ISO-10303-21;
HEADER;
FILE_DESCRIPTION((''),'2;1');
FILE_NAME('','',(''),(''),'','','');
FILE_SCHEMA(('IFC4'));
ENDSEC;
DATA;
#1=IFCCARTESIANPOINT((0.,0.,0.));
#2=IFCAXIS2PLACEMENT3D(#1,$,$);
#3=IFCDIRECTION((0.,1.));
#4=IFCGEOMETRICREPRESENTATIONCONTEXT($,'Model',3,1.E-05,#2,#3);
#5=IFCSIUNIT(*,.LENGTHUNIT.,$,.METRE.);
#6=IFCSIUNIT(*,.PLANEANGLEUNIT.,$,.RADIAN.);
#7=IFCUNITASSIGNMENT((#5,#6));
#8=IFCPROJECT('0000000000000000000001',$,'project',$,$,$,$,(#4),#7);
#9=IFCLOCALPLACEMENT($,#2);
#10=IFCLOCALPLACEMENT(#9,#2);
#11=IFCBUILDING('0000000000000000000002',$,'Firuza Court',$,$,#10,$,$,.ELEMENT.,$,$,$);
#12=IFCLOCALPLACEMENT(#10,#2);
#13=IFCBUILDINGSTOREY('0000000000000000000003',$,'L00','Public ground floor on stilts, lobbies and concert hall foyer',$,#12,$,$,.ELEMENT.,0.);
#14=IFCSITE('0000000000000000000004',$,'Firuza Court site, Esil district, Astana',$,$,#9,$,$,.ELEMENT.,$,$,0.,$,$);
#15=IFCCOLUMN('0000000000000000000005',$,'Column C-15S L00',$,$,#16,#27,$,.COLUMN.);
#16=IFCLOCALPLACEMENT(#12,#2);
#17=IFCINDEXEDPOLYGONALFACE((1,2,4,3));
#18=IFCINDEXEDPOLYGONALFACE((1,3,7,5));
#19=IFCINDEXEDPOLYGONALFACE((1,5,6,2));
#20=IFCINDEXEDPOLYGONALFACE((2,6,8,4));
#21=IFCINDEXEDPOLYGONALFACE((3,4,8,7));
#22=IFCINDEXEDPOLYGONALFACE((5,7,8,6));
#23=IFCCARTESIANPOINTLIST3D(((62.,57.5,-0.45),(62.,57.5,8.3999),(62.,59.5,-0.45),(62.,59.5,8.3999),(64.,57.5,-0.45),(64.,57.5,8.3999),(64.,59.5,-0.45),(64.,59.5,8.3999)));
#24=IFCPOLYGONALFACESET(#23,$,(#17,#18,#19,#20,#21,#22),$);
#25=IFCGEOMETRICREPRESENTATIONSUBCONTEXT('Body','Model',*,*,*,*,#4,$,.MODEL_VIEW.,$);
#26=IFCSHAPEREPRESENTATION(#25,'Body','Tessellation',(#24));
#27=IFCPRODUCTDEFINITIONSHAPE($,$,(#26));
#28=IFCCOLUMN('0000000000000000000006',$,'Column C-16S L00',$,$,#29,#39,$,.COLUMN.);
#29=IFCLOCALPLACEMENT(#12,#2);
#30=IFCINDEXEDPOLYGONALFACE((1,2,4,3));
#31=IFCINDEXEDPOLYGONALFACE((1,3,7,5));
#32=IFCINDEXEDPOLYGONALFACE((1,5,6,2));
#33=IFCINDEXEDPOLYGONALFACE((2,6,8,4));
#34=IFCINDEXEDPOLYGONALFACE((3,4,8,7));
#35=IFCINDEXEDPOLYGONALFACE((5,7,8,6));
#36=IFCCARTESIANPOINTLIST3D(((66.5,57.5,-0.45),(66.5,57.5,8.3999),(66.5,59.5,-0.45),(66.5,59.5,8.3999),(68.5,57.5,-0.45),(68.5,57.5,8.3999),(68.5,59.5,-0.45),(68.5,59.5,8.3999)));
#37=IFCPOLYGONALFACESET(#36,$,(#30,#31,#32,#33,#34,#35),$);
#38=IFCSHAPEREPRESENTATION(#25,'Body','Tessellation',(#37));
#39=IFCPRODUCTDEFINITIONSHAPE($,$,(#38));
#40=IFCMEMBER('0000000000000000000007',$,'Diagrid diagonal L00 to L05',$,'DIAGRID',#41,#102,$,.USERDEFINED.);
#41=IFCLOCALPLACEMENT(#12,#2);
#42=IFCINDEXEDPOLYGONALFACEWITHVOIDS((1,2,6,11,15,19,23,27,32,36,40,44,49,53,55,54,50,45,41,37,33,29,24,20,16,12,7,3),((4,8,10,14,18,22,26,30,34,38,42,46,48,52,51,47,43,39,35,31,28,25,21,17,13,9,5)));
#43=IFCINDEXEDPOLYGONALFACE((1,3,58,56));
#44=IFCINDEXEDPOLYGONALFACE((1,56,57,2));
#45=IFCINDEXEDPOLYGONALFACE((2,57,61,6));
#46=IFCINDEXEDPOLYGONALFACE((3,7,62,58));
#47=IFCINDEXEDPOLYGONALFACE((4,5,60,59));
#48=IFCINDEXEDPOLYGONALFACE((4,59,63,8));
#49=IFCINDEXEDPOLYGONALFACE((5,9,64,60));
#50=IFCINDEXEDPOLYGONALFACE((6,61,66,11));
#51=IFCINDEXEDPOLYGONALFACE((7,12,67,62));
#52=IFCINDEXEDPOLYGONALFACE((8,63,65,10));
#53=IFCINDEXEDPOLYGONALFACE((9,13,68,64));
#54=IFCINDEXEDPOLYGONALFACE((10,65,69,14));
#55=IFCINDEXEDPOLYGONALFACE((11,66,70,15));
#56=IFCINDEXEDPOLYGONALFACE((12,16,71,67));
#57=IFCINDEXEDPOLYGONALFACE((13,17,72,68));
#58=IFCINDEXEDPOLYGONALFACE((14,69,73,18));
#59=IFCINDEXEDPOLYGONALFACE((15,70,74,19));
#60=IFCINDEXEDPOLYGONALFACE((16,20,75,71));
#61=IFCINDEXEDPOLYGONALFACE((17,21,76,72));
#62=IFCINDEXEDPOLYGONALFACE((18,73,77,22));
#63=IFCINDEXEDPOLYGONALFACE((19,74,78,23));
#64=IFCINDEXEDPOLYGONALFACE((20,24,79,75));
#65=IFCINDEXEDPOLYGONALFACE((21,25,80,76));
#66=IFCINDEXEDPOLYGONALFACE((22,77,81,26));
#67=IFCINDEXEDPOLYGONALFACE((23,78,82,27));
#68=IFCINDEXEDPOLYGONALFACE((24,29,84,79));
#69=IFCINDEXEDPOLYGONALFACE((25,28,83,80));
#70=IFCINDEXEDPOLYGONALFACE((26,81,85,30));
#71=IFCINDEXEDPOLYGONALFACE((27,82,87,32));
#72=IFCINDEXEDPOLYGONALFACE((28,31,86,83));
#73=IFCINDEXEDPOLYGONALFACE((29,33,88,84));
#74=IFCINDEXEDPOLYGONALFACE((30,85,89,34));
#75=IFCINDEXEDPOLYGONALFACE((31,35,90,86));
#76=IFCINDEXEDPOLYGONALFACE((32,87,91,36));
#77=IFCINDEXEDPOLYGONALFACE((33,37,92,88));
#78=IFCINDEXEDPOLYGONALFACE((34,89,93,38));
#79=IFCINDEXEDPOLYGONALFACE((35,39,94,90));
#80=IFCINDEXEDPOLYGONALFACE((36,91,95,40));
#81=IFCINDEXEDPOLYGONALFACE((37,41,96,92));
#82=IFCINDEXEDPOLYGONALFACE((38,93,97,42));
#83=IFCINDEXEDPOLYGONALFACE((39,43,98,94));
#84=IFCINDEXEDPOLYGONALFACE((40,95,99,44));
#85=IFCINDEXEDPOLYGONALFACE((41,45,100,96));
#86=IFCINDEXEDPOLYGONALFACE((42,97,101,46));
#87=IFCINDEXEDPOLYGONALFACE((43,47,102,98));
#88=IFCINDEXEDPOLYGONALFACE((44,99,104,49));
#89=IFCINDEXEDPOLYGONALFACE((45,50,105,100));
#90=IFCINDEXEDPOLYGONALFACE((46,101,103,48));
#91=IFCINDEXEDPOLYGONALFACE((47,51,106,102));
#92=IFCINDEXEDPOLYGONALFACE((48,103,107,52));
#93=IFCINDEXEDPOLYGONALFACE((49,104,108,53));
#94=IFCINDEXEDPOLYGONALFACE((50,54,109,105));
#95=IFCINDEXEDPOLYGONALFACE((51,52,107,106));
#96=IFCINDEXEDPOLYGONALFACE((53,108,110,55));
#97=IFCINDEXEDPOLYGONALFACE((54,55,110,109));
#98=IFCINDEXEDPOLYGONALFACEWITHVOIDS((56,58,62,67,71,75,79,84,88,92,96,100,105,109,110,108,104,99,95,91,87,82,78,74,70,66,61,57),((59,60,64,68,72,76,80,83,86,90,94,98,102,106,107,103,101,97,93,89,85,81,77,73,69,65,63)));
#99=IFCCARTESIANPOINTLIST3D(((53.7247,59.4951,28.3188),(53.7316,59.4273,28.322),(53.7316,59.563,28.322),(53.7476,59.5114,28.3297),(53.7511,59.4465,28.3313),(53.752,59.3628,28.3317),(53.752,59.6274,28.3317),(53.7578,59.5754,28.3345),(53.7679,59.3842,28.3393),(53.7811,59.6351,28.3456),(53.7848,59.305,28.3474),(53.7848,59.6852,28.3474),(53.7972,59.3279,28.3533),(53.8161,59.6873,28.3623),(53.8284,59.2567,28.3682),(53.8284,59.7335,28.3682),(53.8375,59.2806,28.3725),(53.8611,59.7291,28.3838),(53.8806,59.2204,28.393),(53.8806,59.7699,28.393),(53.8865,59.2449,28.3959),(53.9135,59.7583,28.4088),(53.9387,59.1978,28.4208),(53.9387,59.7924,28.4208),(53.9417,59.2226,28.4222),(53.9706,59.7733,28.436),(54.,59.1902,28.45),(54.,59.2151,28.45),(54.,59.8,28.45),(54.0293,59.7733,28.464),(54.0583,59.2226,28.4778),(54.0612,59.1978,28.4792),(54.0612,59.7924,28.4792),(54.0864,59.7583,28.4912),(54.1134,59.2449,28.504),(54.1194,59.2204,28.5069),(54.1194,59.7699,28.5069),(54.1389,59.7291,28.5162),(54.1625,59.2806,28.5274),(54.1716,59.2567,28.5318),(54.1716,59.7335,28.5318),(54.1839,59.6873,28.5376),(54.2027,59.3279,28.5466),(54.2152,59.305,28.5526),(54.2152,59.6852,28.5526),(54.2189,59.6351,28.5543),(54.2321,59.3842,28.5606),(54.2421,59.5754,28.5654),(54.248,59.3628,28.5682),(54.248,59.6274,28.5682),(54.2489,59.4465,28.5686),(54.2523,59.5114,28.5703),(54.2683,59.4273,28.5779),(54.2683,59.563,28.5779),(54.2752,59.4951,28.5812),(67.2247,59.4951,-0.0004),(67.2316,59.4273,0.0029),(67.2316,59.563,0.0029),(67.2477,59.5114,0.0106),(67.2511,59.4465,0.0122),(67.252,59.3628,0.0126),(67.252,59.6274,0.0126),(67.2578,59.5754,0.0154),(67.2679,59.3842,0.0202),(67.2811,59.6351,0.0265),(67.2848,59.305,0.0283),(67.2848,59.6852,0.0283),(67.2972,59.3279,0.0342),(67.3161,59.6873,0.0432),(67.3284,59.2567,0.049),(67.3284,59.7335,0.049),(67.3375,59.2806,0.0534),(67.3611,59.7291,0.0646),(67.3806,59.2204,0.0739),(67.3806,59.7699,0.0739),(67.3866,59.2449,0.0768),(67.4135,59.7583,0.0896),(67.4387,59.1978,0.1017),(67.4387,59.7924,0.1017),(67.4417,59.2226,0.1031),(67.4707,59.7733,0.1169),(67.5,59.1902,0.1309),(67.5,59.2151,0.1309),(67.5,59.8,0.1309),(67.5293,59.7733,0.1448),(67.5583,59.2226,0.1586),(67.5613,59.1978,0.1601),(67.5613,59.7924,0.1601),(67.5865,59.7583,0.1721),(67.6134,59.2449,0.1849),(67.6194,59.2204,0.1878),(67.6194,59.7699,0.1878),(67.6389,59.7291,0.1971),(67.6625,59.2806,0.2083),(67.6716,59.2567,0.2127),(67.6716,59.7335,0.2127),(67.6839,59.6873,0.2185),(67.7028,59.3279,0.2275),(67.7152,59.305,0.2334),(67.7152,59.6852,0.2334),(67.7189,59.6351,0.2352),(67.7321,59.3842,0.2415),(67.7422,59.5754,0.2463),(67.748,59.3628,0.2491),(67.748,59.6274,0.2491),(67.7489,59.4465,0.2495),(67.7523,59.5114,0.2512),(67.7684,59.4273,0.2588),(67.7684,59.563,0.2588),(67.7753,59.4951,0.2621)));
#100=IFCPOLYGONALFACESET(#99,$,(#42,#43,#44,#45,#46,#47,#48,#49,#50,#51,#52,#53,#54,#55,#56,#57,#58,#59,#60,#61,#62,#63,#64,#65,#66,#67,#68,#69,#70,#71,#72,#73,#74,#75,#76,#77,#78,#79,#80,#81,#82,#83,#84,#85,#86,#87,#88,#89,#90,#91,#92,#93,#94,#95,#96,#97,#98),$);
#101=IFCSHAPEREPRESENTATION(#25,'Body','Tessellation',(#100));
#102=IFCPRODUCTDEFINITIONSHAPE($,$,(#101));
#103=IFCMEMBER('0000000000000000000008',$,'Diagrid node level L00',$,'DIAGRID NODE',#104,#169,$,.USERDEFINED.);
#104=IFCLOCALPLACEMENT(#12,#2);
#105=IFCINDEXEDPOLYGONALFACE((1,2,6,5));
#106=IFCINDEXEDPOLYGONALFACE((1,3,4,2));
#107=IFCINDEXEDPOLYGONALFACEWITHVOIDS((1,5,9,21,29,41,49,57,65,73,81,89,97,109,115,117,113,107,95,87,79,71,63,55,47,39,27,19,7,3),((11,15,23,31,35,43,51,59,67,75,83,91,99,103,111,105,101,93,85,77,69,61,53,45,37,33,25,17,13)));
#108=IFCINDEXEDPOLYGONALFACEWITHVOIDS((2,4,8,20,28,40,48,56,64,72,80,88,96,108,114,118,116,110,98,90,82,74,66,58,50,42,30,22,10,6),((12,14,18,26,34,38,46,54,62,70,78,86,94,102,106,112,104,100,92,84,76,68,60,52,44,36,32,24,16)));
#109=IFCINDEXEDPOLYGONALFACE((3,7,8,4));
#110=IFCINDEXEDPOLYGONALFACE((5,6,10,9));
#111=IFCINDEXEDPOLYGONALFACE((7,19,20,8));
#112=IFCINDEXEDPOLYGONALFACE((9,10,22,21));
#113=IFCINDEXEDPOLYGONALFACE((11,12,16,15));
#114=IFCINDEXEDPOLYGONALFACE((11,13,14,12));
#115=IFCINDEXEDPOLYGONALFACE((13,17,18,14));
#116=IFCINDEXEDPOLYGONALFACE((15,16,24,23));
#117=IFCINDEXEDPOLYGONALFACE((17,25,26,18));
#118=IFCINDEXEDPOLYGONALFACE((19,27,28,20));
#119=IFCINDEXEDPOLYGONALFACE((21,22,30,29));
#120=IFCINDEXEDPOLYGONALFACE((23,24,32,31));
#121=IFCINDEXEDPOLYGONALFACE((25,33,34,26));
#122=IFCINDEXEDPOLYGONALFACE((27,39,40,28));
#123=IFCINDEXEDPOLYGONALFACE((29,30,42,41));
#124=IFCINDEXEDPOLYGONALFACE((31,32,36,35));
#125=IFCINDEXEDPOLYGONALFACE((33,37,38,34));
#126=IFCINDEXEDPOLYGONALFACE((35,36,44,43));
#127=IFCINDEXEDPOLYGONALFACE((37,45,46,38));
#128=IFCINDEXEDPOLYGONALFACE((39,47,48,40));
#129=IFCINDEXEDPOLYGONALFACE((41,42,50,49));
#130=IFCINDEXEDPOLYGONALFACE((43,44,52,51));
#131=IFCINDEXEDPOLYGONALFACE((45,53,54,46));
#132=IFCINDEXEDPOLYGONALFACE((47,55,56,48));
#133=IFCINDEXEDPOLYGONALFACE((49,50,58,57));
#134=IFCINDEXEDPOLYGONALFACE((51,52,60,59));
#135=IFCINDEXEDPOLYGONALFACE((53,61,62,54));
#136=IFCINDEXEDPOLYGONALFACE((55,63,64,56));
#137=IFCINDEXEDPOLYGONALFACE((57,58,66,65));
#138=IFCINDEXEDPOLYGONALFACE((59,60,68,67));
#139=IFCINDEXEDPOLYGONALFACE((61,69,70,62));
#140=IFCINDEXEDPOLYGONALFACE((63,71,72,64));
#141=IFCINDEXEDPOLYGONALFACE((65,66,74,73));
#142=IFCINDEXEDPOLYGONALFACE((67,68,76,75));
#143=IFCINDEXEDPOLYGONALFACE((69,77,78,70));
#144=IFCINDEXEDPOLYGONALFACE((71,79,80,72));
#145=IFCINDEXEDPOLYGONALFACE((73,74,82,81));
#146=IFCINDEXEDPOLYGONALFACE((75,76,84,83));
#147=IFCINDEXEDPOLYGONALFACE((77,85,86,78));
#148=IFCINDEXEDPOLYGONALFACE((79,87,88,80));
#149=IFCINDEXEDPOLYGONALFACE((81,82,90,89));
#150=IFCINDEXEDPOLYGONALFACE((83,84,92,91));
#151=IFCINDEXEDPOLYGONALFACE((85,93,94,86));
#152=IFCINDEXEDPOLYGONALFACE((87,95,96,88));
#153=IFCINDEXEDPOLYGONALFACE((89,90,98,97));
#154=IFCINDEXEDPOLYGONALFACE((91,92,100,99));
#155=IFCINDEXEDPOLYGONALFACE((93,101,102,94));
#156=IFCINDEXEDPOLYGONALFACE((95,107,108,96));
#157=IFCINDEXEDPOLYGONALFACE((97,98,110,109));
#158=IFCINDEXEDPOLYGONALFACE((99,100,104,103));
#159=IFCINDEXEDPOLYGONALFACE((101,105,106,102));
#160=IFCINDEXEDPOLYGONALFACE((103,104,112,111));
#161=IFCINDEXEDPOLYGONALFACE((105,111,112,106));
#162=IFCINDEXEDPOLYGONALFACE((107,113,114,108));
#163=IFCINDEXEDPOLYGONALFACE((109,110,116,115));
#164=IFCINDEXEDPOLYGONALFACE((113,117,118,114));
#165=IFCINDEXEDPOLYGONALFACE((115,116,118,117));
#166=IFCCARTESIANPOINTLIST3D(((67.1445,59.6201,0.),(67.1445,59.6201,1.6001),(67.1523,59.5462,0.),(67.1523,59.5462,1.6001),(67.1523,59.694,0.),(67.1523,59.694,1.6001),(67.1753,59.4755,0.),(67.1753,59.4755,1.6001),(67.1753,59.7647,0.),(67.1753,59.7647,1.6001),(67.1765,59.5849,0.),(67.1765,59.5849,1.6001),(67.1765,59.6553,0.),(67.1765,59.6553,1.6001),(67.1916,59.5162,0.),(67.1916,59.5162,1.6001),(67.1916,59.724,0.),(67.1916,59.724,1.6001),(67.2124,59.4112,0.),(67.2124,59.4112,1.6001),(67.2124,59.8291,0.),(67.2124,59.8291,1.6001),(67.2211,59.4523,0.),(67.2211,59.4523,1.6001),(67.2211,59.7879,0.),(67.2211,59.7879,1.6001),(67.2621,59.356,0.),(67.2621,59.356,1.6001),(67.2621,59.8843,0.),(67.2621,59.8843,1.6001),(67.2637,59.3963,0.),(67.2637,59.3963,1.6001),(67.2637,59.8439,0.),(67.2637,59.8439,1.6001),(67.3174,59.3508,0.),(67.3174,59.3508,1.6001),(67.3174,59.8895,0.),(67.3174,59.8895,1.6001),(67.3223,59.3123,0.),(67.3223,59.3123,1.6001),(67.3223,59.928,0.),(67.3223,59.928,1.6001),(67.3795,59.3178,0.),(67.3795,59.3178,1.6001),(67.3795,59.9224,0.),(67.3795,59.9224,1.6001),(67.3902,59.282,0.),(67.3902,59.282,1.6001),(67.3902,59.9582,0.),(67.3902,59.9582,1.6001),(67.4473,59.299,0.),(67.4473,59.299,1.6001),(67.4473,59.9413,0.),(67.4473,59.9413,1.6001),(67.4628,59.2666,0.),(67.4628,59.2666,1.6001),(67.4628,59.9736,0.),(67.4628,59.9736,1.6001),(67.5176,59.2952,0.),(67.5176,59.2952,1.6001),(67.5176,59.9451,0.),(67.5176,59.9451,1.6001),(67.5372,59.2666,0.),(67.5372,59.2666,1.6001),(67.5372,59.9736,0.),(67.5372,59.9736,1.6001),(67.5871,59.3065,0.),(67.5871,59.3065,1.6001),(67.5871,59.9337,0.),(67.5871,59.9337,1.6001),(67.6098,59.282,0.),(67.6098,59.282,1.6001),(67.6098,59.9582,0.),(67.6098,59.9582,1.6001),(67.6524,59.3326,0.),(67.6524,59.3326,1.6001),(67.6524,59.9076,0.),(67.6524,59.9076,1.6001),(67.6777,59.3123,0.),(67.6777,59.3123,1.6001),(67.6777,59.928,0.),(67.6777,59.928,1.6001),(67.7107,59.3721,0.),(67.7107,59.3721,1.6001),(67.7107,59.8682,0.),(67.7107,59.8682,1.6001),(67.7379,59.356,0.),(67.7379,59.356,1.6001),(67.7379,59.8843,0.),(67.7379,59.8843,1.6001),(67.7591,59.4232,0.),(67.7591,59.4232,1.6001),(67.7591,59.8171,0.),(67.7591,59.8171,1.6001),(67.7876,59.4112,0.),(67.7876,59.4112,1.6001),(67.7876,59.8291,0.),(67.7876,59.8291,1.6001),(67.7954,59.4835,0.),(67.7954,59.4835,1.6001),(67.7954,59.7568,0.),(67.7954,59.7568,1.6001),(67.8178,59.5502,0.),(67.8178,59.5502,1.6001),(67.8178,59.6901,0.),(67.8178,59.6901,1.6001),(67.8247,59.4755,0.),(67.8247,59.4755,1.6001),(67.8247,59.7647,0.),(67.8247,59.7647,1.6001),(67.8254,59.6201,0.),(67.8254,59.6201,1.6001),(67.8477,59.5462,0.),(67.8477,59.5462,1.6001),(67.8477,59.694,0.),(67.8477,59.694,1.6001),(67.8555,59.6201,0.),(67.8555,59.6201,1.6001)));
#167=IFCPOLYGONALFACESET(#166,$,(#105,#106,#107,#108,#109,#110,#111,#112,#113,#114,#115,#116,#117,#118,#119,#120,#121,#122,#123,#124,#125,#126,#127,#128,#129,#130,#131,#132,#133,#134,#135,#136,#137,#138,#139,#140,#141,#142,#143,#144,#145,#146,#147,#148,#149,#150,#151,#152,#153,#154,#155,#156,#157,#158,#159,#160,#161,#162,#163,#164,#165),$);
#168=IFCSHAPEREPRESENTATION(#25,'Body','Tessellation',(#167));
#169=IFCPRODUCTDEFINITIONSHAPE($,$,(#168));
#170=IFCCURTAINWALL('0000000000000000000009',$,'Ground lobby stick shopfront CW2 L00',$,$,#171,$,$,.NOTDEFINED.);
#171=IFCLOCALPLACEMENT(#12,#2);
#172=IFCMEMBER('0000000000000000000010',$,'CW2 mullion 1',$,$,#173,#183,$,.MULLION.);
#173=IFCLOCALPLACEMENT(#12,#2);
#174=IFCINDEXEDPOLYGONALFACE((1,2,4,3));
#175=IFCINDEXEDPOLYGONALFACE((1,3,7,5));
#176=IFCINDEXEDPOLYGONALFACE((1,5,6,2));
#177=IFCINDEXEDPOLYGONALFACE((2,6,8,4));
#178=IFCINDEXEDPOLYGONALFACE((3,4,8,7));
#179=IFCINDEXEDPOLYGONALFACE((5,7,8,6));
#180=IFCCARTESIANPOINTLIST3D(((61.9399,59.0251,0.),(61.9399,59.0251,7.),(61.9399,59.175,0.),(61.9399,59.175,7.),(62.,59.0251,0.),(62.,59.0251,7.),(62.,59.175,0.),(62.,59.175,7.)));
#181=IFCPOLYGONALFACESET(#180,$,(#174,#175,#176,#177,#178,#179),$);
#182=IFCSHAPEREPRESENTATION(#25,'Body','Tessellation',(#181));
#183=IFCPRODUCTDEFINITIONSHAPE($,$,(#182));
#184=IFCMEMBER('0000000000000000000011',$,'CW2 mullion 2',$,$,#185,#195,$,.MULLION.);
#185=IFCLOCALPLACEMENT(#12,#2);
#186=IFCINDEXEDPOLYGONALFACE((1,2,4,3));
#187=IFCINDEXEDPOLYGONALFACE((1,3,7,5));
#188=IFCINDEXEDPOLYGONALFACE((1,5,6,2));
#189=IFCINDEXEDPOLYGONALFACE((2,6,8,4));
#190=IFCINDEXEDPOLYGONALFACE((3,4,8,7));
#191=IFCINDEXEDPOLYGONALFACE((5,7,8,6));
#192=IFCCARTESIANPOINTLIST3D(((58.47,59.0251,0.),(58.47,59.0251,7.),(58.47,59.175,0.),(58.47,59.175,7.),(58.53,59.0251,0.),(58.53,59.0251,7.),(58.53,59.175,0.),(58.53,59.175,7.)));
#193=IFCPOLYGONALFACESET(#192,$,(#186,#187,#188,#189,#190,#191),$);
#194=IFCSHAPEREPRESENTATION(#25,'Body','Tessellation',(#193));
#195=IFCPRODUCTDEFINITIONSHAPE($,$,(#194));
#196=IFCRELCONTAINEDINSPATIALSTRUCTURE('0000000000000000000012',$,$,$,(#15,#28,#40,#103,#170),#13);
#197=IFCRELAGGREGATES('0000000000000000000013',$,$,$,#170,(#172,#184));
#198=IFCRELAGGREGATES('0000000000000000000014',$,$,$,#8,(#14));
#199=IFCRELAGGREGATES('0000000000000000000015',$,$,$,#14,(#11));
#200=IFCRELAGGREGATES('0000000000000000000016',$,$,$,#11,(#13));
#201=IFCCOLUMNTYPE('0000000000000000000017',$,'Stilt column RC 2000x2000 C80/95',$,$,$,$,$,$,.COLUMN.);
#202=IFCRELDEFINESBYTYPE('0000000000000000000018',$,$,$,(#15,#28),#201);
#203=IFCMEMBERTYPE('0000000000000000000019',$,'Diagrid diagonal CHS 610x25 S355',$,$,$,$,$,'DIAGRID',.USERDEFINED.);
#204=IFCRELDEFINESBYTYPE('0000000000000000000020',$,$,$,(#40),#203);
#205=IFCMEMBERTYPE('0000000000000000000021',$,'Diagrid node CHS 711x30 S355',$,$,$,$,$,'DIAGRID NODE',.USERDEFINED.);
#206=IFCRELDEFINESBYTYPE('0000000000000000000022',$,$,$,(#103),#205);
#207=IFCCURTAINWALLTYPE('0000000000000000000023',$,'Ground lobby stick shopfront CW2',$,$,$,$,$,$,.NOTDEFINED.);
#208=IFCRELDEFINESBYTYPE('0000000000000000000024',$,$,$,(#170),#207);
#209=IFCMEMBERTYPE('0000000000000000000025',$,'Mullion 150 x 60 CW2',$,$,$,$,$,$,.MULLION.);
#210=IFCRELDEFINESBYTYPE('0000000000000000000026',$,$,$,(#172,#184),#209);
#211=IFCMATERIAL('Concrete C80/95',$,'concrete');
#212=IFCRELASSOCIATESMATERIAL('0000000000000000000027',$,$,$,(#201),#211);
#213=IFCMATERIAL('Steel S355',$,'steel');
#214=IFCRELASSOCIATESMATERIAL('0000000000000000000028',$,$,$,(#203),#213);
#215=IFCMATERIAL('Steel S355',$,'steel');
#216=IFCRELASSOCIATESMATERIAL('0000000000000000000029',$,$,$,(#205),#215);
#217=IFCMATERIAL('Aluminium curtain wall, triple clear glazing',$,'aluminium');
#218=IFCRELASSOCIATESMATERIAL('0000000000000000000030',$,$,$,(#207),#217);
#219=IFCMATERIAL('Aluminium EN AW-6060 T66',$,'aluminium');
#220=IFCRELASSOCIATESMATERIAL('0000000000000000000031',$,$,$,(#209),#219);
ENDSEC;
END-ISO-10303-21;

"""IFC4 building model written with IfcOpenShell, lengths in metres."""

from ifc_helpers import new_model, si_unit, direction, frame, origin, origin_2d, place, context, subcontext, project, spatial, rectangle, hollow_circle, extrude, material, material_profile, profile_set, type_object, element, aggregate, save


model = new_model("IFC4")

# Units and contexts
model_context = context("Model", 3, precision=1e-05, world=origin(), true_north=direction((0.0, 1.0)))
body_context = subcontext(model_context, "Body", "Model", "MODEL_VIEW")
ifc_project = project(units=[si_unit("LENGTHUNIT", "METRE"), si_unit("PLANEANGLEUNIT", "RADIAN")], contexts=[model_context])

# Site, building, storey
site_placement = place(None, origin())
site = spatial("IfcSite", under=ifc_project, at=site_placement, Name="Firuza Court site, Esil district, Astana", CompositionType="ELEMENT", RefElevation=0.0)
building_placement = place(site_placement, origin())
building = spatial("IfcBuilding", under=site, at=building_placement, Name="Firuza Court", CompositionType="ELEMENT")
storey_placement = place(building_placement, origin())
storey = spatial("IfcBuildingStorey", under=building, at=storey_placement, Name="L00", Description="Public ground floor on stilts, lobbies and concert hall foyer", CompositionType="ELEMENT", Elevation=0.0)

# Columns
ifc_material_1 = material(Name="Concrete C80/95", Category="concrete")
ifc_material_profile_1 = material_profile(ifc_material_1, rectangle(XDim=2.0, YDim=2.0, at=origin_2d()), Name="RC 2000x2000")
ifc_profile_set_1 = profile_set([ifc_material_profile_1], Name="Concrete C80/95")
column_type = type_object("IfcColumnType", Name="Stilt column RC 2000x2000 C80/95", PredefinedType="COLUMN", material=ifc_profile_set_1)
for number, where, z_axis, x_axis, name in (
    (1, (63.0, 58.5, -0.45), (0.0, 0.0, 1.0), (1.0, 0.0, 0.0), "Column C-15S L00"),
    (2, (67.5, 58.5, -0.45), (0.0, 0.0, 1.0), (1.0, 0.0, 0.0), "Column C-16S L00"),
):
    element("IfcColumn", number, at=place(storey_placement, frame(where, z_axis=z_axis, x_axis=x_axis)), inside=storey, type_object=column_type, Name=name, PredefinedType="COLUMN", context=body_context, shape_type="SweptSolid", body=[
        extrude(rectangle(XDim=2.0, YDim=2.0, at=origin_2d()), origin(), (0.0, 0.0, 1.0), 8.8499),
    ])

# Members
ifc_material_2 = material(Name="Steel S355", Category="steel")
ifc_material_profile_2 = material_profile(ifc_material_2, hollow_circle(Radius=0.3049, WallThickness=0.0249, at=origin_2d()), Name="CHS 610x25")
ifc_profile_set_2 = profile_set([ifc_material_profile_2], Name="Steel S355")
member_type_1 = type_object("IfcMemberType", Name="Diagrid diagonal CHS 610x25 S355", ElementType="DIAGRID", PredefinedType="USERDEFINED", material=ifc_profile_set_2)
member_1_placement = place(storey_placement, frame((67.5, 59.4951, 0.1309), z_axis=(-0.430316, 0.0, 0.902678), x_axis=(0.0, -1.0, 0.0)))
element("IfcMember", 3, at=member_1_placement, inside=storey, type_object=member_type_1, Name="Diagrid diagonal L00 to L05", ObjectType="DIAGRID", PredefinedType="USERDEFINED", context=body_context, shape_type="SweptSolid", body=[
    extrude(hollow_circle(Radius=0.3049, WallThickness=0.0249, at=origin_2d()), origin(), (0.0, 0.0, 1.0), 31.3723),
])
ifc_material_3 = material(Name="Steel S355", Category="steel")
ifc_material_profile_3 = material_profile(ifc_material_3, hollow_circle(Radius=0.3555, WallThickness=0.03, at=origin_2d()), Name="CHS 711x30")
ifc_profile_set_3 = profile_set([ifc_material_profile_3], Name="Steel S355")
member_type_2 = type_object("IfcMemberType", Name="Diagrid node CHS 711x30 S355", ElementType="DIAGRID NODE", PredefinedType="USERDEFINED", material=ifc_profile_set_3)
member_2_placement = place(storey_placement, frame((67.5, 59.6201, 0.0), z_axis=(0.0, 0.0, 1.0), x_axis=(1.0, 0.0, 0.0)))
element("IfcMember", 4, at=member_2_placement, inside=storey, type_object=member_type_2, Name="Diagrid node level L00", ObjectType="DIAGRID NODE", PredefinedType="USERDEFINED", context=body_context, shape_type="SweptSolid", body=[
    extrude(hollow_circle(Radius=0.3555, WallThickness=0.03, at=origin_2d()), origin(), (0.0, 0.0, 1.0), 1.6001),
])

# Curtain wall, members
ifc_material_4 = material(Name="Aluminium curtain wall, triple clear glazing", Category="aluminium")
curtain_wall_type = type_object("IfcCurtainWallType", Name="Ground lobby stick shopfront CW2", PredefinedType="NOTDEFINED", material=ifc_material_4)
curtain_wall_placement = place(storey_placement, origin())
curtain_wall = element("IfcCurtainWall", 5, at=curtain_wall_placement, inside=storey, type_object=curtain_wall_type, Name="Ground lobby stick shopfront CW2 L00", PredefinedType="NOTDEFINED")
ifc_material_5 = material(Name="Aluminium EN AW-6060 T66", Category="aluminium")
ifc_material_profile_4 = material_profile(ifc_material_5, rectangle(XDim=0.1499, YDim=0.0601, at=origin_2d()), Name="Mullion 150 x 60 CW2")
ifc_profile_set_4 = profile_set([ifc_material_profile_4], Name="Aluminium EN AW-6060 T66")
member_type_3 = type_object("IfcMemberType", Name="Mullion 150 x 60 CW2", PredefinedType="MULLION", material=ifc_profile_set_4)
member_3_placement = place(storey_placement, frame((61.97, 59.1001, 0.0), z_axis=(0.0, 0.0, 1.0), x_axis=(0.0, -1.0, 0.0)))
member_3 = element("IfcMember", 6, at=member_3_placement, type_object=member_type_3, Name="CW2 mullion 1", PredefinedType="MULLION", context=body_context, shape_type="SweptSolid", body=[
    extrude(rectangle(XDim=0.1499, YDim=0.0601, at=origin_2d()), origin(), (0.0, 0.0, 1.0), 7.0),
])
member_4_placement = place(storey_placement, frame((58.5, 59.1001, 0.0), z_axis=(0.0, 0.0, 1.0), x_axis=(0.0, -1.0, 0.0)))
member_4 = element("IfcMember", 7, at=member_4_placement, type_object=member_type_3, Name="CW2 mullion 2", PredefinedType="MULLION", context=body_context, shape_type="SweptSolid", body=[
    extrude(rectangle(XDim=0.1499, YDim=0.0601, at=origin_2d()), origin(), (0.0, 0.0, 1.0), 7.0),
])

aggregate(curtain_wall, [member_3, member_4])

save(model, "model.ifc")
